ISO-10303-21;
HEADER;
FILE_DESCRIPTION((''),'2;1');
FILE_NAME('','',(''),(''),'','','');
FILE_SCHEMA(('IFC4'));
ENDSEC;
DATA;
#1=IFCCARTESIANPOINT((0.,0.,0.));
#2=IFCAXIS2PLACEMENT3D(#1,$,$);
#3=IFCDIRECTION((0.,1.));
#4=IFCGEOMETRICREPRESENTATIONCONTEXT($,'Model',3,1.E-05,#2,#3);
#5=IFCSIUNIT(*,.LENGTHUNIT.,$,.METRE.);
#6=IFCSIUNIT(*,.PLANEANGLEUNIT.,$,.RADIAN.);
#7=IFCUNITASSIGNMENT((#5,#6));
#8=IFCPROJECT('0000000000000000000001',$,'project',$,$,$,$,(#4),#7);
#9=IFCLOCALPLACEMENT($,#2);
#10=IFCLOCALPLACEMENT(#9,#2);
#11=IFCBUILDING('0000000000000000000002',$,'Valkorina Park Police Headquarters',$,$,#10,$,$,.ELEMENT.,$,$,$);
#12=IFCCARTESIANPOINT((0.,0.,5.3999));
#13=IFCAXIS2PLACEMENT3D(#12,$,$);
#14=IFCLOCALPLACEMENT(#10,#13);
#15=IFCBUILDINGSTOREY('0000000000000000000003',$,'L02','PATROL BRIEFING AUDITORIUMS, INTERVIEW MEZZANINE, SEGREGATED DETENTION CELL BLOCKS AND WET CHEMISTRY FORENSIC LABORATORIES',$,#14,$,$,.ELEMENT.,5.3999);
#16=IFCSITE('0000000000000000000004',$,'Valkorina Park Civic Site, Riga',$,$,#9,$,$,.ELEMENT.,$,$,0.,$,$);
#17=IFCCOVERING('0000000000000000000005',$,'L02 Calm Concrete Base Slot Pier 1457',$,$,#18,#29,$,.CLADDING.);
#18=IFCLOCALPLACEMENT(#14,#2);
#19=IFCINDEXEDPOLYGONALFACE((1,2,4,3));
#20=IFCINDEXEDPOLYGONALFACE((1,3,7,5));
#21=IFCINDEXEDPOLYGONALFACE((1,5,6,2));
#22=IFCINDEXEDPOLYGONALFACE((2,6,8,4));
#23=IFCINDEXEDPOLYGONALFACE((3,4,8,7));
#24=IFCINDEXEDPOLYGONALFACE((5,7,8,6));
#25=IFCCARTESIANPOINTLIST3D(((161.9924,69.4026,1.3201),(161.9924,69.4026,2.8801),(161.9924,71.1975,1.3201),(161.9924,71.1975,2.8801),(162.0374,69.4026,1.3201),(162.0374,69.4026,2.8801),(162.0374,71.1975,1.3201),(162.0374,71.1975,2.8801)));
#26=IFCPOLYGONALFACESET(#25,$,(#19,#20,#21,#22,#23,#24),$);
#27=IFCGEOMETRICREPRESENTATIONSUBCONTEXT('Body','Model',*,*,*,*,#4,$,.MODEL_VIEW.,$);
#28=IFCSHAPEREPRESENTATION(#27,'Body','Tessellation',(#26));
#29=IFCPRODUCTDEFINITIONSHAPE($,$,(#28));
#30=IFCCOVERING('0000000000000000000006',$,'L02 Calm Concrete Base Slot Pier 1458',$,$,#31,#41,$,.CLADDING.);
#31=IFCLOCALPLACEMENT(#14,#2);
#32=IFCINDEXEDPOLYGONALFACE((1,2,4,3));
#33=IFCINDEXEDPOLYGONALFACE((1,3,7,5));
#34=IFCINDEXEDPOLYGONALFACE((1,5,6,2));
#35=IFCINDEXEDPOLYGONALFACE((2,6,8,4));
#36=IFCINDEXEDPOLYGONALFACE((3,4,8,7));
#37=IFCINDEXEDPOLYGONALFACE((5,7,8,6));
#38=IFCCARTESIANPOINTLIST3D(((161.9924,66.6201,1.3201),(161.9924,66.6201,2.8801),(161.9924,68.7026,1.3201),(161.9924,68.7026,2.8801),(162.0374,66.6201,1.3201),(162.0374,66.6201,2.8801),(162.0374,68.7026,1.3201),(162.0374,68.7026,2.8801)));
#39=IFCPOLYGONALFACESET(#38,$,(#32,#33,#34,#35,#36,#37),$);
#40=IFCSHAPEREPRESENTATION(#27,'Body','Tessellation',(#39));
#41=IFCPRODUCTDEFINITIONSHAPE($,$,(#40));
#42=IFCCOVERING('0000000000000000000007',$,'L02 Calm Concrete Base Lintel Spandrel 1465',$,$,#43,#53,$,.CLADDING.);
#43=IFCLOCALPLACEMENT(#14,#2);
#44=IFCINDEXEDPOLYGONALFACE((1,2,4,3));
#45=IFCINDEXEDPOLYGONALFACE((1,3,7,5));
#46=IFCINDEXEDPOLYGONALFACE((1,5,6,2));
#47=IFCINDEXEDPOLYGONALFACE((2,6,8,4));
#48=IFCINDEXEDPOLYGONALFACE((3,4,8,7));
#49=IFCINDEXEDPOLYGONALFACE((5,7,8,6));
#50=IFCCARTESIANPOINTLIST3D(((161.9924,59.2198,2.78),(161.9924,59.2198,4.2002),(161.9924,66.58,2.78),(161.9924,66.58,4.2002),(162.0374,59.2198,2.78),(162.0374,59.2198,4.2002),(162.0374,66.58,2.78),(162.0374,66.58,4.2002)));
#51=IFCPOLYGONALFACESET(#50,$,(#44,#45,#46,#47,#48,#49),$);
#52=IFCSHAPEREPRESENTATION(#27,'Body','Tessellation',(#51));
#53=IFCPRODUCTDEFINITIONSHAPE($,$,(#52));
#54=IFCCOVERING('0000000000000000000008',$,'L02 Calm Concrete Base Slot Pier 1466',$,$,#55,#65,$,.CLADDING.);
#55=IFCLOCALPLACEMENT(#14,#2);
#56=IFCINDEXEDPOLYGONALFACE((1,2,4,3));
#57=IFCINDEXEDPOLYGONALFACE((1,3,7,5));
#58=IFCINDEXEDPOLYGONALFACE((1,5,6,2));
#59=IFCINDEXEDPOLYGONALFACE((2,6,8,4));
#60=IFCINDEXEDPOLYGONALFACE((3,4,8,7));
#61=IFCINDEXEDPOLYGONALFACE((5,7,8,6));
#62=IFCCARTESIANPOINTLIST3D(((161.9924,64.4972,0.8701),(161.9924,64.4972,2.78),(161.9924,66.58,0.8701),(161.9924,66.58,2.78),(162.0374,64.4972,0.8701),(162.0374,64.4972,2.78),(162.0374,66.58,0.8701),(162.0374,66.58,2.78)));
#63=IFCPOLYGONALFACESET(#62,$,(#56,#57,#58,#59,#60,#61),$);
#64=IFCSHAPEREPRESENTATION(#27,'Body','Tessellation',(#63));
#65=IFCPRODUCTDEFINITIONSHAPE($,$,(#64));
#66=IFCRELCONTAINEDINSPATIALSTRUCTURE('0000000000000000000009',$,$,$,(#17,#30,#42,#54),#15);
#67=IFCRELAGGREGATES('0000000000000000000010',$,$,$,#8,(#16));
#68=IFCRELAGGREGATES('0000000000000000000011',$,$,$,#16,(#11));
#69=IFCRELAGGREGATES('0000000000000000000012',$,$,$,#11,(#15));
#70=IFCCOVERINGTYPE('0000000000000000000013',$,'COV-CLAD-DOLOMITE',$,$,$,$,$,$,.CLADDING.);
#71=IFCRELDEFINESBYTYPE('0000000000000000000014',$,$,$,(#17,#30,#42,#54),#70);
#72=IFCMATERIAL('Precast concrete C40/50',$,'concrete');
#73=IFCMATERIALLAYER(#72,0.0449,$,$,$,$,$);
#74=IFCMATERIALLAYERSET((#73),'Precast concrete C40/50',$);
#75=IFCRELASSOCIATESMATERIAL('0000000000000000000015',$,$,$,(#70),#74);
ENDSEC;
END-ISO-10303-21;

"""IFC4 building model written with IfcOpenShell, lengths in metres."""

from ifc_helpers import new_model, si_unit, direction, frame, frame_2d, origin, place, context, subcontext, project, spatial, rectangle, extrude, material, layer, layer_set, type_object, element, save


model = new_model("IFC4")

# Units and contexts
model_context = context("Model", 3, precision=1e-05, world=origin(), true_north=direction((0.0, 1.0)))
body_context = subcontext(model_context, "Body", "Model", "MODEL_VIEW")
ifc_project = project(units=[si_unit("LENGTHUNIT", "METRE"), si_unit("PLANEANGLEUNIT", "RADIAN")], contexts=[model_context])

# Site, building, storey
site_placement = place(None, origin())
site = spatial("IfcSite", under=ifc_project, at=site_placement, Name="Valkorina Park Civic Site, Riga", CompositionType="ELEMENT", RefElevation=0.0)
building_placement = place(site_placement, origin())
building = spatial("IfcBuilding", under=site, at=building_placement, Name="Valkorina Park Police Headquarters", CompositionType="ELEMENT")
storey_placement = place(building_placement, frame((0.0, 0.0, 5.3999)))
storey = spatial("IfcBuildingStorey", under=building, at=storey_placement, Name="L02", Description="PATROL BRIEFING AUDITORIUMS, INTERVIEW MEZZANINE, SEGREGATED DETENTION CELL BLOCKS AND WET CHEMISTRY FORENSIC LABORATORIES", CompositionType="ELEMENT", Elevation=5.3999)

# Shared definitions
ifc_material_1 = material(Name="Precast concrete C40/50", Category="concrete")

# Coverings
ifc_layer_1 = layer(ifc_material_1, 0.0449)
ifc_layer_set_1 = layer_set([ifc_layer_1], Name="Precast concrete C40/50")
covering_type = type_object("IfcCoveringType", Name="COV-CLAD-DOLOMITE", PredefinedType="CLADDING", material=ifc_layer_set_1)
covering_1_placement = place(storey_placement, frame((162.0149, 71.1975, 1.3201), z_axis=(0.0, 0.0, 1.0), x_axis=(0.0, -1.0, 0.0)))
element("IfcCovering", 1, at=covering_1_placement, inside=storey, type_object=covering_type, Name="L02 Calm Concrete Base Slot Pier 1457", PredefinedType="CLADDING", context=body_context, shape_type="SweptSolid", body=[
    extrude(rectangle(XDim=1.7949, YDim=0.0449, at=frame_2d((0.8975, 0.0))), origin(), (0.0, 0.0, 1.0), 1.5601),
])
covering_2_placement = place(storey_placement, frame((162.0149, 68.7026, 1.3201), z_axis=(0.0, 0.0, 1.0), x_axis=(0.0, -1.0, 0.0)))
element("IfcCovering", 2, at=covering_2_placement, inside=storey, type_object=covering_type, Name="L02 Calm Concrete Base Slot Pier 1458", PredefinedType="CLADDING", context=body_context, shape_type="SweptSolid", body=[
    extrude(rectangle(XDim=2.0825, YDim=0.0449, at=frame_2d((1.0413, 0.0))), origin(), (0.0, 0.0, 1.0), 1.5601),
])
covering_3_placement = place(storey_placement, frame((162.0149, 66.5801, 2.78), z_axis=(0.0, 0.0, 1.0), x_axis=(0.0, -1.0, 0.0)))
element("IfcCovering", 3, at=covering_3_placement, inside=storey, type_object=covering_type, Name="L02 Calm Concrete Base Lintel Spandrel 1465", PredefinedType="CLADDING", context=body_context, shape_type="SweptSolid", body=[
    extrude(rectangle(XDim=7.3601, YDim=0.0449, at=frame_2d((3.6802, 0.0))), origin(), (0.0, 0.0, 1.0), 1.4202),
])
covering_4_placement = place(storey_placement, frame((162.0149, 66.5801, 0.8701), z_axis=(0.0, 0.0, 1.0), x_axis=(0.0, -1.0, 0.0)))
element("IfcCovering", 4, at=covering_4_placement, inside=storey, type_object=covering_type, Name="L02 Calm Concrete Base Slot Pier 1466", PredefinedType="CLADDING", context=body_context, shape_type="SweptSolid", body=[
    extrude(rectangle(XDim=2.0828, YDim=0.0449, at=frame_2d((1.0415, 0.0))), origin(), (0.0, 0.0, 1.0), 1.9099),
])

save(model, "model.ifc")
